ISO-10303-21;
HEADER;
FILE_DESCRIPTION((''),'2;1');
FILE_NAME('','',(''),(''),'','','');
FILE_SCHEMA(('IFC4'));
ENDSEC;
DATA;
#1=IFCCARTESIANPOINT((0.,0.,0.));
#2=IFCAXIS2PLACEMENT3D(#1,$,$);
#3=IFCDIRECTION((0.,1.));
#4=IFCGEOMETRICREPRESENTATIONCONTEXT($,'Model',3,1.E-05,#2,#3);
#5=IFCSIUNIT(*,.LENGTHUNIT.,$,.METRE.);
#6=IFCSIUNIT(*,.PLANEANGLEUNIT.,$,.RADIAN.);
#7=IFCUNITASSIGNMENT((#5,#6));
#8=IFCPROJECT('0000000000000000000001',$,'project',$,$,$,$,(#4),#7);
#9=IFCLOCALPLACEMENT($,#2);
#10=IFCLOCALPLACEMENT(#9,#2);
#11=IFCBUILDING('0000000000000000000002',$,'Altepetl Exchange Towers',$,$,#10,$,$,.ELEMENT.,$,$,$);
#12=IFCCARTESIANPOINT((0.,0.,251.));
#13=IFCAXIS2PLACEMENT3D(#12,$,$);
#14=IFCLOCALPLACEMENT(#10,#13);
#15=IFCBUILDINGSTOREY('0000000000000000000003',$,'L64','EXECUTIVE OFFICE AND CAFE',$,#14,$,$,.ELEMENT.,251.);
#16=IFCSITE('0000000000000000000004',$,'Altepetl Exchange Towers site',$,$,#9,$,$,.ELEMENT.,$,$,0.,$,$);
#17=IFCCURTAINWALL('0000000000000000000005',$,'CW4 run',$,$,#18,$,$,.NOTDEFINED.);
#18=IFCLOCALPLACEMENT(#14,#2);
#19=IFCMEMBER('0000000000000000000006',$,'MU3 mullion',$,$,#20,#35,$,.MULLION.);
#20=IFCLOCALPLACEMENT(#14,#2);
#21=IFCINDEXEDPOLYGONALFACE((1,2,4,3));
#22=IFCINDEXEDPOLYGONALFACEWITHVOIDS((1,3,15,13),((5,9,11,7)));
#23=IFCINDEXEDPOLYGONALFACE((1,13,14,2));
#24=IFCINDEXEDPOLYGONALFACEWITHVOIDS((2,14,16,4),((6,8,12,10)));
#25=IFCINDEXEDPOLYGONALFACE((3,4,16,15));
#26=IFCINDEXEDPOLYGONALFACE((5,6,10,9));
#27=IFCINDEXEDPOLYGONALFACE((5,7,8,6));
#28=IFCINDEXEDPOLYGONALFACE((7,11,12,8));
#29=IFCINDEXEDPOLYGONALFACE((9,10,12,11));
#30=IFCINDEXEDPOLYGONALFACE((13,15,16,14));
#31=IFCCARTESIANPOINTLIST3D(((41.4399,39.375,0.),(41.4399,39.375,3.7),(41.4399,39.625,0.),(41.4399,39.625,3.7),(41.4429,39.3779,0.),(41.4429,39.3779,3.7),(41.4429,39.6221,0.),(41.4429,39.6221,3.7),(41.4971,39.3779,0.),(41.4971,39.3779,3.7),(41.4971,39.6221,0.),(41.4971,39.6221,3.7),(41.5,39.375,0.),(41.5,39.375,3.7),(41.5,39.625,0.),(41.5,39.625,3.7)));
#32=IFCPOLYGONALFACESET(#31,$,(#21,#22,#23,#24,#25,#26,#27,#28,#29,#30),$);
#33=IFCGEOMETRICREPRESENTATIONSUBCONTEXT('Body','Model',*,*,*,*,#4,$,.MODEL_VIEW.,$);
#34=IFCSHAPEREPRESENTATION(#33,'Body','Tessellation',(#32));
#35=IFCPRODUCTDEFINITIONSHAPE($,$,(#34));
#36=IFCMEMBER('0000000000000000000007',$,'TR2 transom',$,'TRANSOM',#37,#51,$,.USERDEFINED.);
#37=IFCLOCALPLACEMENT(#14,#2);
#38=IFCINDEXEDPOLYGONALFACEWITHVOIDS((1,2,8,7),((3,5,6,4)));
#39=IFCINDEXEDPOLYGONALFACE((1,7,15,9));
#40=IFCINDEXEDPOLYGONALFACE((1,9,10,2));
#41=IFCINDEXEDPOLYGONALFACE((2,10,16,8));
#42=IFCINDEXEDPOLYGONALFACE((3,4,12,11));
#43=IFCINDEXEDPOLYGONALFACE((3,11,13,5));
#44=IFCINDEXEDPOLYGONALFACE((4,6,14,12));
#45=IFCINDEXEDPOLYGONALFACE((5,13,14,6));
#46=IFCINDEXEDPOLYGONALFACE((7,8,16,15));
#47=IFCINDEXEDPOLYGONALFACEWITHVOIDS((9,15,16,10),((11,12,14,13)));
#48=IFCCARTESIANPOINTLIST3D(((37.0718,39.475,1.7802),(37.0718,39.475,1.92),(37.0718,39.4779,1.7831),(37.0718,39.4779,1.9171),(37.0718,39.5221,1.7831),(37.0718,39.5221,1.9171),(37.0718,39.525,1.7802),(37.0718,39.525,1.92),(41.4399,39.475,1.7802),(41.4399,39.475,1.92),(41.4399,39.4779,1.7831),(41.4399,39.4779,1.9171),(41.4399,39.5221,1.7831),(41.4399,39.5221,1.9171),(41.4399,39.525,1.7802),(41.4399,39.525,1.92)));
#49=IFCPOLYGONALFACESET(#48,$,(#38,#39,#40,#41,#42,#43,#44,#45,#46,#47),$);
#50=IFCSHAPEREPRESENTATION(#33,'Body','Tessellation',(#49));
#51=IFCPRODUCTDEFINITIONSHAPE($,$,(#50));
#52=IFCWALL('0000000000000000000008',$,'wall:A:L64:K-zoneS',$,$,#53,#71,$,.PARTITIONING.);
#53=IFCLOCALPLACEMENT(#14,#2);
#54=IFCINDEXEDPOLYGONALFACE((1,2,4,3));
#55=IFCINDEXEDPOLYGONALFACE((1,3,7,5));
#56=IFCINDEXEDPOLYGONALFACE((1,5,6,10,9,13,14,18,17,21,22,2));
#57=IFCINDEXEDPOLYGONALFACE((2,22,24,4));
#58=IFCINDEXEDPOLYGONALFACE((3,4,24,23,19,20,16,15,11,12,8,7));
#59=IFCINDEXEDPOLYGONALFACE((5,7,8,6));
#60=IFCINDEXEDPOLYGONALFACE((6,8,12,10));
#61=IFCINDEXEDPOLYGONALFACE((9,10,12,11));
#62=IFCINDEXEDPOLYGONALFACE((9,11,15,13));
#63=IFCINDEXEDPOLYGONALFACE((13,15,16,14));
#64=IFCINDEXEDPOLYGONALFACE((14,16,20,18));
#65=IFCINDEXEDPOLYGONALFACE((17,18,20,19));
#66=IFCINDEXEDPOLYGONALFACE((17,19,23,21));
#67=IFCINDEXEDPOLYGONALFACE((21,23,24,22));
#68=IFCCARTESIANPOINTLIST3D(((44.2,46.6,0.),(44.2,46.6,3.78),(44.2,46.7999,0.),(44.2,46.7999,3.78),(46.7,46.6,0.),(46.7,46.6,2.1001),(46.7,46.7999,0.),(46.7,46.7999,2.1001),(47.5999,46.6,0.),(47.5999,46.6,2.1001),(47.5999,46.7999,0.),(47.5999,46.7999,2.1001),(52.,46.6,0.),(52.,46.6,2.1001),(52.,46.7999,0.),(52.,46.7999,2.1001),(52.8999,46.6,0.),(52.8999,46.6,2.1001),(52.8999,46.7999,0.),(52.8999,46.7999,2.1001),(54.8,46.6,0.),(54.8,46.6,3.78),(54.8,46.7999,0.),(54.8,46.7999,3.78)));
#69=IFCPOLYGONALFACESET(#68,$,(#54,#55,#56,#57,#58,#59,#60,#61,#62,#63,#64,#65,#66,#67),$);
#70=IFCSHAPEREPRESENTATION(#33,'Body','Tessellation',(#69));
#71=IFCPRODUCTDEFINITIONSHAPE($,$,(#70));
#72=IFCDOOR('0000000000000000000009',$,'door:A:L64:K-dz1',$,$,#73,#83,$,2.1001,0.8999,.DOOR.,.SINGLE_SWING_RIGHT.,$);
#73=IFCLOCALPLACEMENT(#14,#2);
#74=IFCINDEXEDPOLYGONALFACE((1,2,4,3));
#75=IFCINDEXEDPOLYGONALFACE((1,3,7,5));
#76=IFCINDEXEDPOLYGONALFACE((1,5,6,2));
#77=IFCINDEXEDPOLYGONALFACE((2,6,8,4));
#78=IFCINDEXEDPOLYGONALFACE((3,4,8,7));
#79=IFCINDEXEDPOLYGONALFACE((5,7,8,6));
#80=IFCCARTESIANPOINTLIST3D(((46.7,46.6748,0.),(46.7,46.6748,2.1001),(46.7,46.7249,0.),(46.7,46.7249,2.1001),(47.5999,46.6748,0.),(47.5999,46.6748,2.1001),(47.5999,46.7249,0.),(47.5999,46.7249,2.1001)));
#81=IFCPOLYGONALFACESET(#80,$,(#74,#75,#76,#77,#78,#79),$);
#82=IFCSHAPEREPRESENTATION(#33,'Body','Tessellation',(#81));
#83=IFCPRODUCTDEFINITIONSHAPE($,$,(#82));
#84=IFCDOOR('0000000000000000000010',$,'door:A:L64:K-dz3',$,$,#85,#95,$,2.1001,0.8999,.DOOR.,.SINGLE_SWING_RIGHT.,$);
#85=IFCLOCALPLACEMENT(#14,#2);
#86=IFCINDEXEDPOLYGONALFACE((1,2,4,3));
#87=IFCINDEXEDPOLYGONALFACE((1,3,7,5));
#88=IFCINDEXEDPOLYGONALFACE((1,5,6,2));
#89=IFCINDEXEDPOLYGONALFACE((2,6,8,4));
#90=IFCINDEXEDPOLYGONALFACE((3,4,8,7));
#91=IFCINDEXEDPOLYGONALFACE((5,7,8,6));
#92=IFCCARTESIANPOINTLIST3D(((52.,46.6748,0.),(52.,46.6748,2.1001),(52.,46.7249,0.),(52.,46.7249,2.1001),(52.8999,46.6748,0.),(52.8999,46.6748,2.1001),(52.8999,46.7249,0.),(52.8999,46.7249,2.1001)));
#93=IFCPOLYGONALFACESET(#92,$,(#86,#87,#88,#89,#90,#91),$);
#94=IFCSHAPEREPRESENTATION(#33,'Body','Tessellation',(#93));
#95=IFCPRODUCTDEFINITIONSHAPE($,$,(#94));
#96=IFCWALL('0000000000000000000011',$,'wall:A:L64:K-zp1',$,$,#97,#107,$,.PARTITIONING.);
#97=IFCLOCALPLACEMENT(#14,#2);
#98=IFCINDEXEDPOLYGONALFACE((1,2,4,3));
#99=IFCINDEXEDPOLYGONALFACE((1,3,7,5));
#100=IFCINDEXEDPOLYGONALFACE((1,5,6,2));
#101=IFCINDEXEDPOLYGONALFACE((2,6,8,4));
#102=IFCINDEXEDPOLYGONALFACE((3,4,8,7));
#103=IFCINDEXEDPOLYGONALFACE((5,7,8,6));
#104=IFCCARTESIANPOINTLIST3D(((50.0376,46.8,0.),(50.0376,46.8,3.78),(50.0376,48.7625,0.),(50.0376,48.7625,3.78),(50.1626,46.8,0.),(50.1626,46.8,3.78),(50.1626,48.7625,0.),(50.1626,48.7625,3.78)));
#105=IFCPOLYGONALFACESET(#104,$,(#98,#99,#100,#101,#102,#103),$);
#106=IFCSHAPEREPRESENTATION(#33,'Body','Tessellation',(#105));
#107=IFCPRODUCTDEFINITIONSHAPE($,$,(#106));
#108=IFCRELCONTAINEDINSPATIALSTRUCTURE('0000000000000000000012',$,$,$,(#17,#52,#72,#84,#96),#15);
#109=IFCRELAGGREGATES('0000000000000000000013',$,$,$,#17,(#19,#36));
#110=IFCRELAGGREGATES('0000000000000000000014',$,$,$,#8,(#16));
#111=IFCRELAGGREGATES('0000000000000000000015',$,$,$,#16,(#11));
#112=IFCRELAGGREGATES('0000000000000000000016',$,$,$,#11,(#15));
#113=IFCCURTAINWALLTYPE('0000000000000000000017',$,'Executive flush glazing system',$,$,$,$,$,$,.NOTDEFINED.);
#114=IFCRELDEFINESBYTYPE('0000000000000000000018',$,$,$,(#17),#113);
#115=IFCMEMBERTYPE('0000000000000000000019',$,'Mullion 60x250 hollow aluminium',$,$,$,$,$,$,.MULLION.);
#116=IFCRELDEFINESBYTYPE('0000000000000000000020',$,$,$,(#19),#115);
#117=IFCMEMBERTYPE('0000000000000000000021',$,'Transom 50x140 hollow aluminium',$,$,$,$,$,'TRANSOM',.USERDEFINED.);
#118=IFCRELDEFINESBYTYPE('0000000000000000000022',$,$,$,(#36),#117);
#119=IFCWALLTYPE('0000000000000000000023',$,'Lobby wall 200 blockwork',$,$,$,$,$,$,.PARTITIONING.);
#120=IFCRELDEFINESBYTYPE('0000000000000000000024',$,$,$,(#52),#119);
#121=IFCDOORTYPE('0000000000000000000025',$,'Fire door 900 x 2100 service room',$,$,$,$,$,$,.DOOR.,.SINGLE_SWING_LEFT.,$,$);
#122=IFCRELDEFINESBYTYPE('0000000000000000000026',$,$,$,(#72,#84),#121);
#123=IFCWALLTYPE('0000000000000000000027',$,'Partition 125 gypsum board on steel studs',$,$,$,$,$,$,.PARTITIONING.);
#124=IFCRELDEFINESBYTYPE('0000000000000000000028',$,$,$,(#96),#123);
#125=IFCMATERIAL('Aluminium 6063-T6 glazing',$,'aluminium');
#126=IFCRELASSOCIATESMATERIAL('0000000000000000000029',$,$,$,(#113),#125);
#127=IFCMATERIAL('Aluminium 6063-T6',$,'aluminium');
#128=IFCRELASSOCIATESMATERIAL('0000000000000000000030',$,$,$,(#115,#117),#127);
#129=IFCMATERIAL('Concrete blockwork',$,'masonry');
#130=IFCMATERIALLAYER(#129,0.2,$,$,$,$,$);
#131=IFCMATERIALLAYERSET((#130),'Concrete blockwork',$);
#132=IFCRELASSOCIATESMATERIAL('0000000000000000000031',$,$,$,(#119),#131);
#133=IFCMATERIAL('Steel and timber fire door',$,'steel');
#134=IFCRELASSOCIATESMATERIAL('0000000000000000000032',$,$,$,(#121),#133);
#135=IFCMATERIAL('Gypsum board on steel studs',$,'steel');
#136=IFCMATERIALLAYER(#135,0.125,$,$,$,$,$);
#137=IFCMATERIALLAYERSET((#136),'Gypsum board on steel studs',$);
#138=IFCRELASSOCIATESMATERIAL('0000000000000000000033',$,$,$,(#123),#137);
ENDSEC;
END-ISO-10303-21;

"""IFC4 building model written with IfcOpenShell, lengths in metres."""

from ifc_helpers import new_model, si_unit, direction, frame, frame_2d, origin, origin_2d, place, context, subcontext, project, spatial, rectangle, hollow_rectangle, extrude, material, layer, layer_set, material_profile, profile_set, type_object, element, fill, aggregate, save


model = new_model("IFC4")

# Units and contexts
model_context = context("Model", 3, precision=1e-05, world=origin(), true_north=direction((0.0, 1.0)))
body_context = subcontext(model_context, "Body", "Model", "MODEL_VIEW")
ifc_project = project(units=[si_unit("LENGTHUNIT", "METRE"), si_unit("PLANEANGLEUNIT", "RADIAN")], contexts=[model_context])

# Site, building, storey
site_placement = place(None, origin())
site = spatial("IfcSite", under=ifc_project, at=site_placement, Name="Altepetl Exchange Towers site", CompositionType="ELEMENT", RefElevation=0.0)
building_placement = place(site_placement, origin())
building = spatial("IfcBuilding", under=site, at=building_placement, Name="Altepetl Exchange Towers", CompositionType="ELEMENT")
storey_placement = place(building_placement, frame((0.0, 0.0, 251.0)))
storey = spatial("IfcBuildingStorey", under=building, at=storey_placement, Name="L64", Description="EXECUTIVE OFFICE AND CAFE", CompositionType="ELEMENT", Elevation=251.0)

# Curtain wall, members
ifc_material_1 = material(Name="Aluminium 6063-T6 glazing", Category="aluminium")
curtain_wall_type = type_object("IfcCurtainWallType", Name="Executive flush glazing system", PredefinedType="NOTDEFINED", material=ifc_material_1)
curtain_wall_placement = place(storey_placement, origin())
curtain_wall = element("IfcCurtainWall", 1, at=curtain_wall_placement, inside=storey, type_object=curtain_wall_type, Name="CW4 run", PredefinedType="NOTDEFINED")
ifc_material_2 = material(Name="Aluminium 6063-T6", Category="aluminium")
ifc_material_profile_1 = material_profile(ifc_material_2, hollow_rectangle(XDim=0.0601, YDim=0.25, WallThickness=0.0029, at=origin_2d()), Name="Mullion 60x250 hollow aluminium")
ifc_profile_set_1 = profile_set([ifc_material_profile_1], Name="Aluminium 6063-T6")
member_type_1 = type_object("IfcMemberType", Name="Mullion 60x250 hollow aluminium", PredefinedType="MULLION", material=ifc_profile_set_1)
member_1_placement = place(storey_placement, frame((41.47, 39.5, 0.0), z_axis=(0.0, 0.0, 1.0), x_axis=(-1.0, 0.0, 0.0)))
member_1 = element("IfcMember", 2, at=member_1_placement, type_object=member_type_1, Name="MU3 mullion", PredefinedType="MULLION", context=body_context, shape_type="SweptSolid", body=[
    extrude(hollow_rectangle(XDim=0.0601, YDim=0.25, WallThickness=0.0029, at=origin_2d()), origin(), (0.0, 0.0, 1.0), 3.7),
])
ifc_material_profile_2 = material_profile(ifc_material_2, hollow_rectangle(XDim=0.05, YDim=0.1399, WallThickness=0.0029, at=origin_2d()), Name="Transom 50x140 hollow aluminium")
ifc_profile_set_2 = profile_set([ifc_material_profile_2], Name="Aluminium 6063-T6")
member_type_2 = type_object("IfcMemberType", Name="Transom 50x140 hollow aluminium", ElementType="TRANSOM", PredefinedType="USERDEFINED", material=ifc_profile_set_2)
member_2_placement = place(storey_placement, frame((41.4399, 39.5, 1.8501), z_axis=(-1.0, 0.0, 0.0), x_axis=(0.0, -1.0, 0.0)))
member_2 = element("IfcMember", 3, at=member_2_placement, type_object=member_type_2, Name="TR2 transom", ObjectType="TRANSOM", PredefinedType="USERDEFINED", context=body_context, shape_type="SweptSolid", body=[
    extrude(hollow_rectangle(XDim=0.05, YDim=0.1399, WallThickness=0.0029, at=origin_2d()), origin(), (0.0, 0.0, 1.0), 4.3682),
])
aggregate(curtain_wall, [member_1, member_2])

# Wall, openings, doors
ifc_material_3 = material(Name="Concrete blockwork", Category="masonry")
ifc_layer_1 = layer(ifc_material_3, 0.2)
ifc_layer_set_1 = layer_set([ifc_layer_1], Name="Concrete blockwork")
wall_type_1 = type_object("IfcWallType", Name="Lobby wall 200 blockwork", PredefinedType="PARTITIONING", material=ifc_layer_set_1)
wall_1_placement = place(storey_placement, frame((44.2, 46.7, 0.0)))
wall_1 = element("IfcWall", 4, at=wall_1_placement, inside=storey, type_object=wall_type_1, Name="wall:A:L64:K-zoneS", PredefinedType="PARTITIONING", context=body_context, shape_type="SweptSolid", body=[
    extrude(rectangle(XDim=10.6001, YDim=0.2, at=frame_2d((5.3, 0.0))), origin(), (0.0, 0.0, 1.0), 3.78),
])
opening_1_placement = place(wall_1_placement, frame((2.5, 0.0, 0.0)))
opening_1 = element("IfcOpeningElement", 5, at=opening_1_placement, cuts=wall_1, PredefinedType="OPENING", context=body_context, shape_type="SweptSolid", body=[
    extrude(rectangle(XDim=0.8999, YDim=2.1001, at=frame_2d((0.45, 1.05))), frame((0.0, 0.1099, 0.0), z_axis=(0.0, -1.0, 0.0), x_axis=(1.0, 0.0, 0.0)), (0.0, 0.0, 1.0), 0.22),
])
opening_2_placement = place(wall_1_placement, frame((7.8, 0.0, 0.0)))
opening_2 = element("IfcOpeningElement", 6, at=opening_2_placement, cuts=wall_1, PredefinedType="OPENING", context=body_context, shape_type="SweptSolid", body=[
    extrude(rectangle(XDim=0.8999, YDim=2.1001, at=frame_2d((0.45, 1.05))), frame((0.0, 0.1099, 0.0), z_axis=(0.0, -1.0, 0.0), x_axis=(1.0, 0.0, 0.0)), (0.0, 0.0, 1.0), 0.22),
])
ifc_material_4 = material(Name="Steel and timber fire door", Category="steel")
door_type_1 = type_object("IfcDoorType", Name="Fire door 900 x 2100 service room", OperationType="SINGLE_SWING_LEFT", PredefinedType="DOOR", material=ifc_material_4)
door_1_placement = place(opening_1_placement, origin())
door_1 = element("IfcDoor", 7, at=door_1_placement, inside=storey, type_object=door_type_1, Name="door:A:L64:K-dz1", OperationType="SINGLE_SWING_RIGHT", OverallHeight=2.1001, OverallWidth=0.8999, PredefinedType="DOOR", context=body_context, shape_type="SweptSolid", body=[
    extrude(rectangle(XDim=0.8999, YDim=2.1001, at=frame_2d((0.45, 1.05))), frame((0.0, 0.0249, 0.0), z_axis=(0.0, -1.0, 0.0), x_axis=(1.0, 0.0, 0.0)), (0.0, 0.0, 1.0), 0.05),
])
fill(opening_1, door_1)
door_2_placement = place(opening_2_placement, origin())
door_2 = element("IfcDoor", 8, at=door_2_placement, inside=storey, type_object=door_type_1, Name="door:A:L64:K-dz3", OperationType="SINGLE_SWING_RIGHT", OverallHeight=2.1001, OverallWidth=0.8999, PredefinedType="DOOR", context=body_context, shape_type="SweptSolid", body=[
    extrude(rectangle(XDim=0.8999, YDim=2.1001, at=frame_2d((0.45, 1.05))), frame((0.0, 0.0249, 0.0), z_axis=(0.0, -1.0, 0.0), x_axis=(1.0, 0.0, 0.0)), (0.0, 0.0, 1.0), 0.05),
])
fill(opening_2, door_2)

# Wall
ifc_material_5 = material(Name="Gypsum board on steel studs", Category="steel")
ifc_layer_2 = layer(ifc_material_5, 0.125)
ifc_layer_set_2 = layer_set([ifc_layer_2], Name="Gypsum board on steel studs")
wall_type_2 = type_object("IfcWallType", Name="Partition 125 gypsum board on steel studs", PredefinedType="PARTITIONING", material=ifc_layer_set_2)
wall_2_placement = place(storey_placement, frame((50.1001, 46.8, 0.0), z_axis=(0.0, 0.0, 1.0), x_axis=(0.0, 1.0, 0.0)))
element("IfcWall", 9, at=wall_2_placement, inside=storey, type_object=wall_type_2, Name="wall:A:L64:K-zp1", PredefinedType="PARTITIONING", context=body_context, shape_type="SweptSolid", body=[
    extrude(rectangle(XDim=1.9624, YDim=0.125, at=frame_2d((0.9812, 0.0))), origin(), (0.0, 0.0, 1.0), 3.78),
])

save(model, "model.ifc")
